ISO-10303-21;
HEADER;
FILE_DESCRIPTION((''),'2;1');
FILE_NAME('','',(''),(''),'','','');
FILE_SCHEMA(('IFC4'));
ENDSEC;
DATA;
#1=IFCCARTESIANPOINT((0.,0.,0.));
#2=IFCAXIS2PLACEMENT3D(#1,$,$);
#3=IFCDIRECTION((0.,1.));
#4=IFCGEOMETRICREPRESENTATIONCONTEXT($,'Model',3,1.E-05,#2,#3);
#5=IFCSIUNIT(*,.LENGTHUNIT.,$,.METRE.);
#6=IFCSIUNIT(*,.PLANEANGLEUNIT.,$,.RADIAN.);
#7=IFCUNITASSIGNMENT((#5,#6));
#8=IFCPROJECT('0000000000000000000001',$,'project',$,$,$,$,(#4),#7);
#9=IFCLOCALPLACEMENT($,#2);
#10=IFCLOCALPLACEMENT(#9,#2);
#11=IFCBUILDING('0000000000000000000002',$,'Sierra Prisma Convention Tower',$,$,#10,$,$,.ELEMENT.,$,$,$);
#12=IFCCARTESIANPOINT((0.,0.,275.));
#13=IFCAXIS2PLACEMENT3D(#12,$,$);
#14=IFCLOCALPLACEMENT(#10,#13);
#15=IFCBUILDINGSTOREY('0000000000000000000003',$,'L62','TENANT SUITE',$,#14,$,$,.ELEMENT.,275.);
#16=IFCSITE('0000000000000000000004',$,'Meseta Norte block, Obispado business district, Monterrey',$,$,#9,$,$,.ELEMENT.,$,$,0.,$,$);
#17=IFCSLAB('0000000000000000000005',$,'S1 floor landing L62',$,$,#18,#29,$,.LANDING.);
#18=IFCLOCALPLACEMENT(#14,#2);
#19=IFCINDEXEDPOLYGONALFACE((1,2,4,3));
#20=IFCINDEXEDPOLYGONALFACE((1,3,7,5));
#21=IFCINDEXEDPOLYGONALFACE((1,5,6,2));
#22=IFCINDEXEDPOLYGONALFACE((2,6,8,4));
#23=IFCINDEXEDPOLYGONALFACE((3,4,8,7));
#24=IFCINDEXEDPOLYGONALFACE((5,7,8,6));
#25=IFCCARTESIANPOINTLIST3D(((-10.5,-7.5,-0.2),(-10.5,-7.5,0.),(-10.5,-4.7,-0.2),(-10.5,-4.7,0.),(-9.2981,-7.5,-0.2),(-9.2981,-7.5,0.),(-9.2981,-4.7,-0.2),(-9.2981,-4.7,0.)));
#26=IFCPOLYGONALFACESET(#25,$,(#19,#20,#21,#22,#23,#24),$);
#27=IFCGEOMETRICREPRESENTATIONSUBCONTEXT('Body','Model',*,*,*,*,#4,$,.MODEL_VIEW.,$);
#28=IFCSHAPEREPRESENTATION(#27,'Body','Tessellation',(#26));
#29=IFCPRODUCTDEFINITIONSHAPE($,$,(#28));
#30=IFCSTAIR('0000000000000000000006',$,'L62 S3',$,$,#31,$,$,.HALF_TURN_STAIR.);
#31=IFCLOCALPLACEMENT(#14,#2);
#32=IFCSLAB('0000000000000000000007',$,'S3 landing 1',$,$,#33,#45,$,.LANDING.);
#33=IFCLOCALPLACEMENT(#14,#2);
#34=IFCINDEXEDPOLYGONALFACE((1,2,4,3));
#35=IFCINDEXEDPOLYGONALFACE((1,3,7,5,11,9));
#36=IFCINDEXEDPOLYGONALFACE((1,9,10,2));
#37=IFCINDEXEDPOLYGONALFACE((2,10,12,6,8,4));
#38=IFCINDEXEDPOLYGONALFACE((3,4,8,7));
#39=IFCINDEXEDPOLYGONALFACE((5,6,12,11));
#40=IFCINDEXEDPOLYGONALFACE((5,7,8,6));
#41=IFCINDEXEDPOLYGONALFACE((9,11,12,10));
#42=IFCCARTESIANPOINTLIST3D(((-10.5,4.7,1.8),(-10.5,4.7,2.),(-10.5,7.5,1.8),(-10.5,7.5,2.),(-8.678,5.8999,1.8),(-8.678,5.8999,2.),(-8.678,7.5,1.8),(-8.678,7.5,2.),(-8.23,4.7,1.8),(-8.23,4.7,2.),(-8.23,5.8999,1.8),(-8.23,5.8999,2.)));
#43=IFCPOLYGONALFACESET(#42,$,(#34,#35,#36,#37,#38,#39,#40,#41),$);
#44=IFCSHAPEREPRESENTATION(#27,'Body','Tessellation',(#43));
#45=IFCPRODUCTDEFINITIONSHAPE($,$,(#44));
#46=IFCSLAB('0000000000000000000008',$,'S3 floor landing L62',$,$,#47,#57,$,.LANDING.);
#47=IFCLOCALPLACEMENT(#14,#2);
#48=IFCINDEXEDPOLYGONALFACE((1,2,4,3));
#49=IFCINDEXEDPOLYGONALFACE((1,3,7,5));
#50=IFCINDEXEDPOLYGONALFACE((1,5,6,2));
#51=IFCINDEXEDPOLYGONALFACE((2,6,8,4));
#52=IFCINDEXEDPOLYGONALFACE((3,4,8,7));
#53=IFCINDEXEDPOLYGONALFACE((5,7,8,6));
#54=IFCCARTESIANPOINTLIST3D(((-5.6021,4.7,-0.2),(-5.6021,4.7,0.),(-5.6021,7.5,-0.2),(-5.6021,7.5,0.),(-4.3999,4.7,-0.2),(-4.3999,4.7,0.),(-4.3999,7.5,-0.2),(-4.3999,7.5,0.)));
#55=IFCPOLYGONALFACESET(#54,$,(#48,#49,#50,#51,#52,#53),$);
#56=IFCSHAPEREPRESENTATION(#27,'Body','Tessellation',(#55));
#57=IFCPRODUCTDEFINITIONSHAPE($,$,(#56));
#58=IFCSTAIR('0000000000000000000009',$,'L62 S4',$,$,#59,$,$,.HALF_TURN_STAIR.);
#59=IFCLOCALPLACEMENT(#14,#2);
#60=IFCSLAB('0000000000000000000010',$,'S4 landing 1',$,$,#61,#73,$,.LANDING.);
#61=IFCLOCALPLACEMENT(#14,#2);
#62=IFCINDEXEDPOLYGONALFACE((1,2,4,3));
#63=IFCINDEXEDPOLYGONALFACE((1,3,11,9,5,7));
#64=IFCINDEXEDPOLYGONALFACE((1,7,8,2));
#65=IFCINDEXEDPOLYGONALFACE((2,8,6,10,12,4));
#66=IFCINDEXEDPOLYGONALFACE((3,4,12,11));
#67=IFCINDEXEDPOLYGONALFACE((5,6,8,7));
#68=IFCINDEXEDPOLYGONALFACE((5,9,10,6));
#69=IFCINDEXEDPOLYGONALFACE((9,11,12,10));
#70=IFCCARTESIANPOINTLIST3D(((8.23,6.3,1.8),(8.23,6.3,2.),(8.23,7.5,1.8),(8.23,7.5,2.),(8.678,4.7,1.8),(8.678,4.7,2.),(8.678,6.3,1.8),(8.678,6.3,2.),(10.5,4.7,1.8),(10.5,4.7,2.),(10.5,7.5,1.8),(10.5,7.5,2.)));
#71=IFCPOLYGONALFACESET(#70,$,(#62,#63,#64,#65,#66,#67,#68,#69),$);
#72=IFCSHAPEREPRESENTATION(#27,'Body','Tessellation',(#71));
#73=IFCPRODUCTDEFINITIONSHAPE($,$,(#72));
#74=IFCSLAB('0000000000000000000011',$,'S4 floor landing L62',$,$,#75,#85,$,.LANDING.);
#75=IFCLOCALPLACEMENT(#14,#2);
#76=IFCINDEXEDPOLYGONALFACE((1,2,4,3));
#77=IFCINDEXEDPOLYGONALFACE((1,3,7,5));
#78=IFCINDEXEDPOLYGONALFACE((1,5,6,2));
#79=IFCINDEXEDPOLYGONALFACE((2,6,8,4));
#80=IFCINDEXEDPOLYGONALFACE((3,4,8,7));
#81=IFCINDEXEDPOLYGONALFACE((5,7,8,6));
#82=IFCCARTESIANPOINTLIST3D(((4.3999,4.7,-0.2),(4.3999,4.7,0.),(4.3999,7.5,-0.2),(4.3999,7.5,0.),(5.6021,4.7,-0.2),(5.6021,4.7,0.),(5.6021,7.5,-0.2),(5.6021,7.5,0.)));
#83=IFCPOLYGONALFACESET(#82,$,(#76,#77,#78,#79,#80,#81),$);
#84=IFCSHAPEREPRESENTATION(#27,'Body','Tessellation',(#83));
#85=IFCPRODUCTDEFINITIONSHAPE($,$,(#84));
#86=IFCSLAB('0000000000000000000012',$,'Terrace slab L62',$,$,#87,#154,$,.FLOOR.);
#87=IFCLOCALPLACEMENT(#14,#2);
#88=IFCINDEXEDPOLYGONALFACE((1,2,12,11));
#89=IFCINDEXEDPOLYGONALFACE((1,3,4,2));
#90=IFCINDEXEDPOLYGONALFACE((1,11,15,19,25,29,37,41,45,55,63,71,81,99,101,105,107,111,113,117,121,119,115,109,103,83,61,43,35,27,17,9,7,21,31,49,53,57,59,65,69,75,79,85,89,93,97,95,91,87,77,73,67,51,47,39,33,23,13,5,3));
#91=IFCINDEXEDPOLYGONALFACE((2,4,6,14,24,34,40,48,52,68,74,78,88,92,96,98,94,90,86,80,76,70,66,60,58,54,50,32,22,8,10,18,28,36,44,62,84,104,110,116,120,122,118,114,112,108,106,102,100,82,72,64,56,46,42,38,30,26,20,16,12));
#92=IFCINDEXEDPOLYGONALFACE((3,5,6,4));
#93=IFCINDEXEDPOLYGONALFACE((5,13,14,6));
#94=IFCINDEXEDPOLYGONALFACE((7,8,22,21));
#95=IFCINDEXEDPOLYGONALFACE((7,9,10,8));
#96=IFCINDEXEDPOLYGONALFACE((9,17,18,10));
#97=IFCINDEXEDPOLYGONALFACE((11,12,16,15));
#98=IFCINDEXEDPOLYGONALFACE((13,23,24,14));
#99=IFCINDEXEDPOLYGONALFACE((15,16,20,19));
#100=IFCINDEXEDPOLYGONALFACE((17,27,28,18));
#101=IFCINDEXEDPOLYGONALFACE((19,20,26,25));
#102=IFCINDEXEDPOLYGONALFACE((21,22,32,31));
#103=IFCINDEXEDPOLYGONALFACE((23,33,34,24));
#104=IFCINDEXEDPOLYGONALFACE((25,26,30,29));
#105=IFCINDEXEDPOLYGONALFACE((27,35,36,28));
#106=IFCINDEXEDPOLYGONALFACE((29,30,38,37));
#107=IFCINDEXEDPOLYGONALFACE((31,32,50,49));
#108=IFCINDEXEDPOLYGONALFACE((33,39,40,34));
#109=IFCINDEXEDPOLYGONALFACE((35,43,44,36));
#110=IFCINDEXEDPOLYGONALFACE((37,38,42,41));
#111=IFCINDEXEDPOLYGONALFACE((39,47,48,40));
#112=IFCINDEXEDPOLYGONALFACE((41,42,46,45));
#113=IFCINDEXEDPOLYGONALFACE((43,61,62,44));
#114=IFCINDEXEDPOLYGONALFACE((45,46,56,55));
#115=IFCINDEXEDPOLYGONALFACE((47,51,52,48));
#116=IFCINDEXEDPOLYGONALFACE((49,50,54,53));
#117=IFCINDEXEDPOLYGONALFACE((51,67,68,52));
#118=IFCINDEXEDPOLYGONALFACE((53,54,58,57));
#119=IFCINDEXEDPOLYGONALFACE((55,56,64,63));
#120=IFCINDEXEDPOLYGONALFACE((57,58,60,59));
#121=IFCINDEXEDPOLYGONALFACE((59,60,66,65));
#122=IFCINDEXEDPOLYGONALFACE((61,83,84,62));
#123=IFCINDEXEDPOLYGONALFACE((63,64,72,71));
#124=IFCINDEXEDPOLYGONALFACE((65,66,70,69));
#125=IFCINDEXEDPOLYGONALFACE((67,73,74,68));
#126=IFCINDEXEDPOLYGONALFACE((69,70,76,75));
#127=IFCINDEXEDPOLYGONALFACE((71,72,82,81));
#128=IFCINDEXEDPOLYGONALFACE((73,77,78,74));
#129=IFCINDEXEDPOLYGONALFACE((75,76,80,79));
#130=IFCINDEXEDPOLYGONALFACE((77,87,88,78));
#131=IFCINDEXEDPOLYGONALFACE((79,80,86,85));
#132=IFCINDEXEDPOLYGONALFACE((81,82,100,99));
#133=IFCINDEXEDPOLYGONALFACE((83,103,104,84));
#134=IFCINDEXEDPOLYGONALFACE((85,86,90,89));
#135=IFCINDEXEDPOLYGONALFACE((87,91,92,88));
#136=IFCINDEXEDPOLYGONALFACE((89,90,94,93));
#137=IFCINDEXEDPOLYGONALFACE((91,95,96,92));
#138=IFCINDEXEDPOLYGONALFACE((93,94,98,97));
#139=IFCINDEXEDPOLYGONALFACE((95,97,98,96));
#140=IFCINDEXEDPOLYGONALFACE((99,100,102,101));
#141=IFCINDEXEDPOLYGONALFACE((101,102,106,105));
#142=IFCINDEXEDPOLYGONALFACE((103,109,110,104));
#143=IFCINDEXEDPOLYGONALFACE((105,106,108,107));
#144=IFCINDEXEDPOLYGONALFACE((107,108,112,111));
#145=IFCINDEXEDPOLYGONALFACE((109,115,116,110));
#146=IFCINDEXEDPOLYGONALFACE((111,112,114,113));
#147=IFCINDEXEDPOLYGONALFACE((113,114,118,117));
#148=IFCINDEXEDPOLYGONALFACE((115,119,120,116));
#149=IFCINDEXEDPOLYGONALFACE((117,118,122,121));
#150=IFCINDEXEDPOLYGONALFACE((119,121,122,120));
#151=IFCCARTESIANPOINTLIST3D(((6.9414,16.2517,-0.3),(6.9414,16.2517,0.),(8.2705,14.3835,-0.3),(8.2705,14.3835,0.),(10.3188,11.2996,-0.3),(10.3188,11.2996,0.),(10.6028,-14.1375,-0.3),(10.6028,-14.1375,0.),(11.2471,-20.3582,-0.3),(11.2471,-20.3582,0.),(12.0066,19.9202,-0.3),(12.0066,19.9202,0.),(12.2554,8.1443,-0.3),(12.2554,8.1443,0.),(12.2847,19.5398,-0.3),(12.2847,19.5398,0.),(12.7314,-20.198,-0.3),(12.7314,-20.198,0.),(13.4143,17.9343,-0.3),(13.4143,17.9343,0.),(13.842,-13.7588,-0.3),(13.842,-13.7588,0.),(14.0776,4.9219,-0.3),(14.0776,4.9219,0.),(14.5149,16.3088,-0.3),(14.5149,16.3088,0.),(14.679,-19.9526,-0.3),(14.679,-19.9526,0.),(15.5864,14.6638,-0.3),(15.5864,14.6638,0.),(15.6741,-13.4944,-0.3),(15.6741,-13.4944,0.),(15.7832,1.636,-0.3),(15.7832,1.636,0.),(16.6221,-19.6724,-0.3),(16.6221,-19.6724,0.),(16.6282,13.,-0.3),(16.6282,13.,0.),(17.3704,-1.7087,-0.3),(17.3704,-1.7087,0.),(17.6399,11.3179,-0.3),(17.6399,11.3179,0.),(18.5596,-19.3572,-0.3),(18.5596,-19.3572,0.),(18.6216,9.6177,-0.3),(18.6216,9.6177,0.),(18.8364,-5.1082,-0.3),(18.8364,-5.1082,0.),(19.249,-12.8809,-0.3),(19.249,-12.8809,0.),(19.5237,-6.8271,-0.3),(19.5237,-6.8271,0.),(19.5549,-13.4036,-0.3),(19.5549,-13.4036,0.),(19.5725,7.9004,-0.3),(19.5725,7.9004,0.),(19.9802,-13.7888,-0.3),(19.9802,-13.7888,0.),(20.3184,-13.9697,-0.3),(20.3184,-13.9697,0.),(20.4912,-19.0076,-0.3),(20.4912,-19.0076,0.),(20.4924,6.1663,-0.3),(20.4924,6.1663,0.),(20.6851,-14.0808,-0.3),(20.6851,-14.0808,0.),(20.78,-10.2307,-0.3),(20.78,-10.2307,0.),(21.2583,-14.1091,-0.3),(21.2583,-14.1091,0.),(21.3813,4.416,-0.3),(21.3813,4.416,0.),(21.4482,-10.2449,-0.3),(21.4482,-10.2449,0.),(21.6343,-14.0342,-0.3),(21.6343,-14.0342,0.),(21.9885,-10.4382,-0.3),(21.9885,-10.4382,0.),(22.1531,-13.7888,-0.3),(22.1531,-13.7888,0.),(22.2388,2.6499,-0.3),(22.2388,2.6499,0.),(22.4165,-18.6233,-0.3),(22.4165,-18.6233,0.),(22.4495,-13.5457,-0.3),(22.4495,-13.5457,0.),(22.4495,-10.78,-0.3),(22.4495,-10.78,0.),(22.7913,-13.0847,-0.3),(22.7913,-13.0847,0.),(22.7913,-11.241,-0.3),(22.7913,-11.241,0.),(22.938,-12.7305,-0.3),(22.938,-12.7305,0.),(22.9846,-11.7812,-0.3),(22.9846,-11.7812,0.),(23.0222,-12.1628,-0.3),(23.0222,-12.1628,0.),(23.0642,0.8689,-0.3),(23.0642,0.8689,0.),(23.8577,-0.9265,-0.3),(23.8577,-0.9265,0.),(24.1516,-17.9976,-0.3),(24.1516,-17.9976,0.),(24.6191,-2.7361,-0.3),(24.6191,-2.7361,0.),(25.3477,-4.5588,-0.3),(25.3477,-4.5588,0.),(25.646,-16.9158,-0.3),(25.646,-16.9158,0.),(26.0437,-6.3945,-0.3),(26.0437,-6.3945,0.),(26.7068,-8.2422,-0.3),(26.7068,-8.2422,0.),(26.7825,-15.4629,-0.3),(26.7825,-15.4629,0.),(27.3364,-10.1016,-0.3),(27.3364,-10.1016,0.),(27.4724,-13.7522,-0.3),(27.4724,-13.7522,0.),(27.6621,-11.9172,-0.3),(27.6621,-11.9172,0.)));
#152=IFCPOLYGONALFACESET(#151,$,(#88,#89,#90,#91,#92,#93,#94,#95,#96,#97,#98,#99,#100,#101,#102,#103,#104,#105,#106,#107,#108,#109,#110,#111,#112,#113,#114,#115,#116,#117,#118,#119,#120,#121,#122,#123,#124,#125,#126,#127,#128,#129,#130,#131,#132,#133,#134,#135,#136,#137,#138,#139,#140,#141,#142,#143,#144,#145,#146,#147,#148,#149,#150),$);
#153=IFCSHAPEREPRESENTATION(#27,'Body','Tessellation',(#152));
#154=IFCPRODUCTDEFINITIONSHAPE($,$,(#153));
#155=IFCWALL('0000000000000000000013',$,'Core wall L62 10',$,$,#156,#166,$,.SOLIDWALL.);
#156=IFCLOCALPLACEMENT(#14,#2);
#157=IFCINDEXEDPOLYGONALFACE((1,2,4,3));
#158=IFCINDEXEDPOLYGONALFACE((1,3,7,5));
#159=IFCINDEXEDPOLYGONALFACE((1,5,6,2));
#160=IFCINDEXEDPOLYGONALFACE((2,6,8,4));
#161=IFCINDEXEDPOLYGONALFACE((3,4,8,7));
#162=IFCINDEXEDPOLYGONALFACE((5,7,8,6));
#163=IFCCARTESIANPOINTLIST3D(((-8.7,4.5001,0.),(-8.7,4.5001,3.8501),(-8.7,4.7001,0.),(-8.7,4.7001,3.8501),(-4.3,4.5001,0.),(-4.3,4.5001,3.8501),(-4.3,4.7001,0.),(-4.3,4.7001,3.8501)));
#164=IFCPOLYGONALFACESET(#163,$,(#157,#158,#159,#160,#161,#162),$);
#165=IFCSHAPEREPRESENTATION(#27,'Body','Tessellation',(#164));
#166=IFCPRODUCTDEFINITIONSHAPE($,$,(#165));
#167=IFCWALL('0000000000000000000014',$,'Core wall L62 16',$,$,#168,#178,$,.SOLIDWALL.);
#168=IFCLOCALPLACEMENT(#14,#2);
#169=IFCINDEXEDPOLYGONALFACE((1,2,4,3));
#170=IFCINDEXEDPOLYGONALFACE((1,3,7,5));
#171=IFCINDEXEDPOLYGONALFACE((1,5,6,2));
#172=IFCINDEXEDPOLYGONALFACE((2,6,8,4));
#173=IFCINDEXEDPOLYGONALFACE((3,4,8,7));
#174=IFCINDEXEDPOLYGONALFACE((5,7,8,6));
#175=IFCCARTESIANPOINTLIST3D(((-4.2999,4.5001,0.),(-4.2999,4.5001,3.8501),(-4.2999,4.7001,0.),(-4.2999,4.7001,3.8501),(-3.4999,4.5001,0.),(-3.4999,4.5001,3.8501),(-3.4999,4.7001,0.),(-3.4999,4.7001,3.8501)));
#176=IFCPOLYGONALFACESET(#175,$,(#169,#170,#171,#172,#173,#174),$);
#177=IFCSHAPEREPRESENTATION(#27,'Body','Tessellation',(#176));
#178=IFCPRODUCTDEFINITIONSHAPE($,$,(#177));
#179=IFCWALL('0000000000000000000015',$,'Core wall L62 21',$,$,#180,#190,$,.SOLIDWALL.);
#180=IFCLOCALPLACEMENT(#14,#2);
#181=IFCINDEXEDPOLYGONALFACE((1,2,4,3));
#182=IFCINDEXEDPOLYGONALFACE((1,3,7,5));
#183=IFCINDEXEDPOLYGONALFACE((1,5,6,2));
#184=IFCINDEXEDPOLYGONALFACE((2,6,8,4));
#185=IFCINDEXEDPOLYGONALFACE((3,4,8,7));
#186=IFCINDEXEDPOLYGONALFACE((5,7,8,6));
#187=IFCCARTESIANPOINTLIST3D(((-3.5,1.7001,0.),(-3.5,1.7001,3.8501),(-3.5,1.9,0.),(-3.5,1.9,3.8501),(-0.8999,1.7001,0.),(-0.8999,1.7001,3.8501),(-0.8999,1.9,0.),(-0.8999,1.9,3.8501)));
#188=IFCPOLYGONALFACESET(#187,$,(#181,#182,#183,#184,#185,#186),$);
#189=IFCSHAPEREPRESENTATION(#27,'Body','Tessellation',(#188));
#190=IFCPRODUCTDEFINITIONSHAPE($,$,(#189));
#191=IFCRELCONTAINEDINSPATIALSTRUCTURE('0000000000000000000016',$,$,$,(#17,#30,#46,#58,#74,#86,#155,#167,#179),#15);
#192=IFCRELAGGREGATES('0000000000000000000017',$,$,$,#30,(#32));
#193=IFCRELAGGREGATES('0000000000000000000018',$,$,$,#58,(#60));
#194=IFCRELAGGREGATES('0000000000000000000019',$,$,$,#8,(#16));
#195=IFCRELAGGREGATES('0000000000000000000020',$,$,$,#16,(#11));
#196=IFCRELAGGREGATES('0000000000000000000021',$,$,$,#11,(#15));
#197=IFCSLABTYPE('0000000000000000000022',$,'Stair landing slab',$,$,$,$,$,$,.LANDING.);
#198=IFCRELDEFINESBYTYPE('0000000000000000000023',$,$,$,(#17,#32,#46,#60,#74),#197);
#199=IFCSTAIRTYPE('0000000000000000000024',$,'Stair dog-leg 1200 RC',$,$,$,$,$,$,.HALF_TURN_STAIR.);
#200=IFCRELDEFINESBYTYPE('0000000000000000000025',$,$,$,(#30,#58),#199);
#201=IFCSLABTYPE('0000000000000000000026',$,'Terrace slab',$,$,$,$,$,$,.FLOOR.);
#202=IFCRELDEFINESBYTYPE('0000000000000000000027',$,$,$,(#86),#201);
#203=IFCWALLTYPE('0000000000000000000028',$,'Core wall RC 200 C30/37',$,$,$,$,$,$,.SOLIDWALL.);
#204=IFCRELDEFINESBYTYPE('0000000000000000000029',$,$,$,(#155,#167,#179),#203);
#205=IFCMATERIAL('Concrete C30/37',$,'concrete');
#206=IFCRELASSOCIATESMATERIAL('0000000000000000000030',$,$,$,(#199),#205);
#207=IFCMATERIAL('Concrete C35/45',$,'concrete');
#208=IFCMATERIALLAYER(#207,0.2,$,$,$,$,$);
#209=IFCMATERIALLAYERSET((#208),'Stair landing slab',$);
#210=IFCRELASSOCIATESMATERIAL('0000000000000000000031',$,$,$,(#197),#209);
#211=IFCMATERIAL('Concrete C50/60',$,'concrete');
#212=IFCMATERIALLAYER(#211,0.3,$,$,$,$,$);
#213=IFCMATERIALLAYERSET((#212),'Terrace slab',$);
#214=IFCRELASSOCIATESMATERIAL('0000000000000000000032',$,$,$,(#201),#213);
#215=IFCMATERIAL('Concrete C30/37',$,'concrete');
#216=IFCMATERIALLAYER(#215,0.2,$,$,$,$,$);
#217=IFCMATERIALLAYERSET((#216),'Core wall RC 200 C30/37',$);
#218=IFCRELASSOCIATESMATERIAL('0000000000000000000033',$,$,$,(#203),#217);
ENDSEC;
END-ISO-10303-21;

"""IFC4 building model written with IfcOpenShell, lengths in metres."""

from ifc_helpers import new_model, si_unit, direction, frame, frame_2d, origin, place, context, subcontext, project, spatial, polyline, rectangle, outline, extrude, material, layer, layer_set, type_object, element, aggregate, save


model = new_model("IFC4")

# Units and contexts
model_context = context("Model", 3, precision=1e-05, world=origin(), true_north=direction((0.0, 1.0)))
body_context = subcontext(model_context, "Body", "Model", "MODEL_VIEW")
ifc_project = project(units=[si_unit("LENGTHUNIT", "METRE"), si_unit("PLANEANGLEUNIT", "RADIAN")], contexts=[model_context])

# Site, building, storey
site_placement = place(None, origin())
site = spatial("IfcSite", under=ifc_project, at=site_placement, Name="Meseta Norte block, Obispado business district, Monterrey", CompositionType="ELEMENT", RefElevation=0.0)
building_placement = place(site_placement, origin())
building = spatial("IfcBuilding", under=site, at=building_placement, Name="Sierra Prisma Convention Tower", CompositionType="ELEMENT")
storey_placement = place(building_placement, frame((0.0, 0.0, 275.0)))
storey = spatial("IfcBuildingStorey", under=building, at=storey_placement, Name="L62", Description="TENANT SUITE", CompositionType="ELEMENT", Elevation=275.0)

# Shared definitions
ifc_material_1 = material(Name="Concrete C30/37", Category="concrete")
stair_type = type_object("IfcStairType", Name="Stair dog-leg 1200 RC", PredefinedType="HALF_TURN_STAIR", material=ifc_material_1)
ifc_material_2 = material(Name="Concrete C35/45", Category="concrete")
ifc_layer_1 = layer(ifc_material_2, 0.2)
ifc_layer_set_1 = layer_set([ifc_layer_1], Name="Stair landing slab")
slab_type_1 = type_object("IfcSlabType", Name="Stair landing slab", PredefinedType="LANDING", material=ifc_layer_set_1)

# Slab
slab_1_placement = place(storey_placement, frame((0.0, 0.0, -0.2)))
element("IfcSlab", 1, at=slab_1_placement, inside=storey, type_object=slab_type_1, Name="S1 floor landing L62", PredefinedType="LANDING", context=body_context, shape_type="SweptSolid", body=[
    extrude(outline(polyline([(-10.5, -7.5), (-9.2981, -7.5), (-9.2981, -4.7), (-10.5, -4.7), (-10.5, -7.5)])), origin(), (0.0, 0.0, 1.0), 0.2),
])

# Stair, slab
stair_1_placement = place(storey_placement, origin())
stair_1 = element("IfcStair", 2, at=stair_1_placement, inside=storey, type_object=stair_type, Name="L62 S3", PredefinedType="HALF_TURN_STAIR")
slab_2_placement = place(storey_placement, frame((0.0, 0.0, 1.8)))
slab_2 = element("IfcSlab", 3, at=slab_2_placement, type_object=slab_type_1, Name="S3 landing 1", PredefinedType="LANDING", context=body_context, shape_type="SweptSolid", body=[
    extrude(outline(polyline([(-8.23, 5.8999), (-8.23, 4.7), (-10.5, 4.7), (-10.5, 7.5), (-8.678, 7.5), (-8.678, 5.8999), (-8.23, 5.8999)])), origin(), (0.0, 0.0, 1.0), 0.2),
])
aggregate(stair_1, [slab_2])

# Slab
slab_3_placement = place(storey_placement, frame((0.0, 0.0, -0.2)))
element("IfcSlab", 4, at=slab_3_placement, inside=storey, type_object=slab_type_1, Name="S3 floor landing L62", PredefinedType="LANDING", context=body_context, shape_type="SweptSolid", body=[
    extrude(outline(polyline([(-4.3999, 7.5), (-5.6021, 7.5), (-5.6021, 4.7), (-4.3999, 4.7), (-4.3999, 7.5)])), origin(), (0.0, 0.0, 1.0), 0.2),
])

# Stair, slab
stair_2_placement = place(storey_placement, origin())
stair_2 = element("IfcStair", 5, at=stair_2_placement, inside=storey, type_object=stair_type, Name="L62 S4", PredefinedType="HALF_TURN_STAIR")
slab_4_placement = place(storey_placement, frame((0.0, 0.0, 1.8)))
slab_4 = element("IfcSlab", 6, at=slab_4_placement, type_object=slab_type_1, Name="S4 landing 1", PredefinedType="LANDING", context=body_context, shape_type="SweptSolid", body=[
    extrude(outline(polyline([(10.5, 7.5), (10.5, 4.7), (8.678, 4.7), (8.678, 6.3), (8.23, 6.3), (8.23, 7.5), (10.5, 7.5)])), origin(), (0.0, 0.0, 1.0), 0.2),
])
aggregate(stair_2, [slab_4])

# Slabs
slab_5_placement = place(storey_placement, frame((0.0, 0.0, -0.2)))
element("IfcSlab", 7, at=slab_5_placement, inside=storey, type_object=slab_type_1, Name="S4 floor landing L62", PredefinedType="LANDING", context=body_context, shape_type="SweptSolid", body=[
    extrude(outline(polyline([(4.3999, 4.7), (5.6021, 4.7), (5.6021, 7.5), (4.3999, 7.5), (4.3999, 4.7)])), origin(), (0.0, 0.0, 1.0), 0.2),
])
ifc_material_3 = material(Name="Concrete C50/60", Category="concrete")
ifc_layer_2 = layer(ifc_material_3, 0.3)
ifc_layer_set_2 = layer_set([ifc_layer_2], Name="Terrace slab")
slab_type_2 = type_object("IfcSlabType", Name="Terrace slab", PredefinedType="FLOOR", material=ifc_layer_set_2)
slab_6_placement = place(storey_placement, frame((0.0, 0.0, -0.3)))
element("IfcSlab", 8, at=slab_6_placement, inside=storey, type_object=slab_type_2, Name="Terrace slab L62", PredefinedType="FLOOR", context=body_context, shape_type="SweptSolid", body=[
    extrude(outline(polyline([(11.2471, -20.3582), (12.7314, -20.198), (14.679, -19.9526), (16.6221, -19.6724), (18.5596, -19.3572), (20.4912, -19.0076), (22.4165, -18.6233), (24.1516, -17.9976), (25.646, -16.9158), (26.7825, -15.4629), (27.4724, -13.7522), (27.6621, -11.9172), (27.3364, -10.1016), (26.7068, -8.2422), (26.0437, -6.3945), (25.3477, -4.5588), (24.6191, -2.7361), (23.8577, -0.9265), (23.0642, 0.8689), (22.2388, 2.6499), (21.3813, 4.416), (20.4924, 6.1663), (19.5725, 7.9004), (18.6216, 9.6177), (17.6399, 11.3179), (16.6282, 13.0), (15.5864, 14.6638), (14.5149, 16.3088), (13.4143, 17.9343), (12.2847, 19.5398), (12.0066, 19.9202), (6.9414, 16.2517), (8.2705, 14.3835), (10.3188, 11.2996), (12.2554, 8.1443), (14.0776, 4.9219), (15.7832, 1.636), (17.3704, -1.7087), (18.8364, -5.1082), (19.5237, -6.8271), (20.78, -10.2307), (21.4482, -10.2449), (21.9885, -10.4382), (22.4495, -10.78), (22.7913, -11.241), (22.9846, -11.7812), (23.0222, -12.1628), (22.938, -12.7305), (22.7913, -13.0847), (22.4495, -13.5457), (22.1531, -13.7888), (21.6343, -14.0342), (21.2583, -14.1091), (20.6851, -14.0808), (20.3184, -13.9697), (19.9802, -13.7888), (19.5549, -13.4036), (19.249, -12.8809), (15.6741, -13.4944), (13.842, -13.7588), (10.6028, -14.1375), (11.2471, -20.3582)])), origin(), (0.0, 0.0, 1.0), 0.3),
])

# Walls
ifc_material_4 = material(Name="Concrete C30/37", Category="concrete")
ifc_layer_3 = layer(ifc_material_4, 0.2)
ifc_layer_set_3 = layer_set([ifc_layer_3], Name="Core wall RC 200 C30/37")
wall_type = type_object("IfcWallType", Name="Core wall RC 200 C30/37", PredefinedType="SOLIDWALL", material=ifc_layer_set_3)
wall_1_placement = place(storey_placement, frame((-4.3, 4.6001, 0.0), z_axis=(0.0, 0.0, 1.0), x_axis=(-1.0, 0.0, 0.0)))
element("IfcWall", 9, at=wall_1_placement, inside=storey, type_object=wall_type, Name="Core wall L62 10", PredefinedType="SOLIDWALL", context=body_context, shape_type="SweptSolid", body=[
    extrude(rectangle(XDim=4.3999, YDim=0.2, at=frame_2d((2.2, 0.0))), origin(), (0.0, 0.0, 1.0), 3.8501),
])
wall_2_placement = place(storey_placement, frame((-3.5, 4.6001, 0.0), z_axis=(0.0, 0.0, 1.0), x_axis=(-1.0, 0.0, 0.0)))
element("IfcWall", 10, at=wall_2_placement, inside=storey, type_object=wall_type, Name="Core wall L62 16", PredefinedType="SOLIDWALL", context=body_context, shape_type="SweptSolid", body=[
    extrude(rectangle(XDim=0.8, YDim=0.2, at=frame_2d((0.3999, 0.0))), origin(), (0.0, 0.0, 1.0), 3.8501),
])

# Wall
wall_3_placement = place(storey_placement, frame((-0.8999, 1.8, 0.0), z_axis=(0.0, 0.0, 1.0), x_axis=(-1.0, 0.0, 0.0)))
element("IfcWall", 11, at=wall_3_placement, inside=storey, type_object=wall_type, Name="Core wall L62 21", PredefinedType="SOLIDWALL", context=body_context, shape_type="SweptSolid", body=[
    extrude(rectangle(XDim=2.6001, YDim=0.2, at=frame_2d((1.3, 0.0))), origin(), (0.0, 0.0, 1.0), 3.8501),
])

save(model, "model.ifc")
